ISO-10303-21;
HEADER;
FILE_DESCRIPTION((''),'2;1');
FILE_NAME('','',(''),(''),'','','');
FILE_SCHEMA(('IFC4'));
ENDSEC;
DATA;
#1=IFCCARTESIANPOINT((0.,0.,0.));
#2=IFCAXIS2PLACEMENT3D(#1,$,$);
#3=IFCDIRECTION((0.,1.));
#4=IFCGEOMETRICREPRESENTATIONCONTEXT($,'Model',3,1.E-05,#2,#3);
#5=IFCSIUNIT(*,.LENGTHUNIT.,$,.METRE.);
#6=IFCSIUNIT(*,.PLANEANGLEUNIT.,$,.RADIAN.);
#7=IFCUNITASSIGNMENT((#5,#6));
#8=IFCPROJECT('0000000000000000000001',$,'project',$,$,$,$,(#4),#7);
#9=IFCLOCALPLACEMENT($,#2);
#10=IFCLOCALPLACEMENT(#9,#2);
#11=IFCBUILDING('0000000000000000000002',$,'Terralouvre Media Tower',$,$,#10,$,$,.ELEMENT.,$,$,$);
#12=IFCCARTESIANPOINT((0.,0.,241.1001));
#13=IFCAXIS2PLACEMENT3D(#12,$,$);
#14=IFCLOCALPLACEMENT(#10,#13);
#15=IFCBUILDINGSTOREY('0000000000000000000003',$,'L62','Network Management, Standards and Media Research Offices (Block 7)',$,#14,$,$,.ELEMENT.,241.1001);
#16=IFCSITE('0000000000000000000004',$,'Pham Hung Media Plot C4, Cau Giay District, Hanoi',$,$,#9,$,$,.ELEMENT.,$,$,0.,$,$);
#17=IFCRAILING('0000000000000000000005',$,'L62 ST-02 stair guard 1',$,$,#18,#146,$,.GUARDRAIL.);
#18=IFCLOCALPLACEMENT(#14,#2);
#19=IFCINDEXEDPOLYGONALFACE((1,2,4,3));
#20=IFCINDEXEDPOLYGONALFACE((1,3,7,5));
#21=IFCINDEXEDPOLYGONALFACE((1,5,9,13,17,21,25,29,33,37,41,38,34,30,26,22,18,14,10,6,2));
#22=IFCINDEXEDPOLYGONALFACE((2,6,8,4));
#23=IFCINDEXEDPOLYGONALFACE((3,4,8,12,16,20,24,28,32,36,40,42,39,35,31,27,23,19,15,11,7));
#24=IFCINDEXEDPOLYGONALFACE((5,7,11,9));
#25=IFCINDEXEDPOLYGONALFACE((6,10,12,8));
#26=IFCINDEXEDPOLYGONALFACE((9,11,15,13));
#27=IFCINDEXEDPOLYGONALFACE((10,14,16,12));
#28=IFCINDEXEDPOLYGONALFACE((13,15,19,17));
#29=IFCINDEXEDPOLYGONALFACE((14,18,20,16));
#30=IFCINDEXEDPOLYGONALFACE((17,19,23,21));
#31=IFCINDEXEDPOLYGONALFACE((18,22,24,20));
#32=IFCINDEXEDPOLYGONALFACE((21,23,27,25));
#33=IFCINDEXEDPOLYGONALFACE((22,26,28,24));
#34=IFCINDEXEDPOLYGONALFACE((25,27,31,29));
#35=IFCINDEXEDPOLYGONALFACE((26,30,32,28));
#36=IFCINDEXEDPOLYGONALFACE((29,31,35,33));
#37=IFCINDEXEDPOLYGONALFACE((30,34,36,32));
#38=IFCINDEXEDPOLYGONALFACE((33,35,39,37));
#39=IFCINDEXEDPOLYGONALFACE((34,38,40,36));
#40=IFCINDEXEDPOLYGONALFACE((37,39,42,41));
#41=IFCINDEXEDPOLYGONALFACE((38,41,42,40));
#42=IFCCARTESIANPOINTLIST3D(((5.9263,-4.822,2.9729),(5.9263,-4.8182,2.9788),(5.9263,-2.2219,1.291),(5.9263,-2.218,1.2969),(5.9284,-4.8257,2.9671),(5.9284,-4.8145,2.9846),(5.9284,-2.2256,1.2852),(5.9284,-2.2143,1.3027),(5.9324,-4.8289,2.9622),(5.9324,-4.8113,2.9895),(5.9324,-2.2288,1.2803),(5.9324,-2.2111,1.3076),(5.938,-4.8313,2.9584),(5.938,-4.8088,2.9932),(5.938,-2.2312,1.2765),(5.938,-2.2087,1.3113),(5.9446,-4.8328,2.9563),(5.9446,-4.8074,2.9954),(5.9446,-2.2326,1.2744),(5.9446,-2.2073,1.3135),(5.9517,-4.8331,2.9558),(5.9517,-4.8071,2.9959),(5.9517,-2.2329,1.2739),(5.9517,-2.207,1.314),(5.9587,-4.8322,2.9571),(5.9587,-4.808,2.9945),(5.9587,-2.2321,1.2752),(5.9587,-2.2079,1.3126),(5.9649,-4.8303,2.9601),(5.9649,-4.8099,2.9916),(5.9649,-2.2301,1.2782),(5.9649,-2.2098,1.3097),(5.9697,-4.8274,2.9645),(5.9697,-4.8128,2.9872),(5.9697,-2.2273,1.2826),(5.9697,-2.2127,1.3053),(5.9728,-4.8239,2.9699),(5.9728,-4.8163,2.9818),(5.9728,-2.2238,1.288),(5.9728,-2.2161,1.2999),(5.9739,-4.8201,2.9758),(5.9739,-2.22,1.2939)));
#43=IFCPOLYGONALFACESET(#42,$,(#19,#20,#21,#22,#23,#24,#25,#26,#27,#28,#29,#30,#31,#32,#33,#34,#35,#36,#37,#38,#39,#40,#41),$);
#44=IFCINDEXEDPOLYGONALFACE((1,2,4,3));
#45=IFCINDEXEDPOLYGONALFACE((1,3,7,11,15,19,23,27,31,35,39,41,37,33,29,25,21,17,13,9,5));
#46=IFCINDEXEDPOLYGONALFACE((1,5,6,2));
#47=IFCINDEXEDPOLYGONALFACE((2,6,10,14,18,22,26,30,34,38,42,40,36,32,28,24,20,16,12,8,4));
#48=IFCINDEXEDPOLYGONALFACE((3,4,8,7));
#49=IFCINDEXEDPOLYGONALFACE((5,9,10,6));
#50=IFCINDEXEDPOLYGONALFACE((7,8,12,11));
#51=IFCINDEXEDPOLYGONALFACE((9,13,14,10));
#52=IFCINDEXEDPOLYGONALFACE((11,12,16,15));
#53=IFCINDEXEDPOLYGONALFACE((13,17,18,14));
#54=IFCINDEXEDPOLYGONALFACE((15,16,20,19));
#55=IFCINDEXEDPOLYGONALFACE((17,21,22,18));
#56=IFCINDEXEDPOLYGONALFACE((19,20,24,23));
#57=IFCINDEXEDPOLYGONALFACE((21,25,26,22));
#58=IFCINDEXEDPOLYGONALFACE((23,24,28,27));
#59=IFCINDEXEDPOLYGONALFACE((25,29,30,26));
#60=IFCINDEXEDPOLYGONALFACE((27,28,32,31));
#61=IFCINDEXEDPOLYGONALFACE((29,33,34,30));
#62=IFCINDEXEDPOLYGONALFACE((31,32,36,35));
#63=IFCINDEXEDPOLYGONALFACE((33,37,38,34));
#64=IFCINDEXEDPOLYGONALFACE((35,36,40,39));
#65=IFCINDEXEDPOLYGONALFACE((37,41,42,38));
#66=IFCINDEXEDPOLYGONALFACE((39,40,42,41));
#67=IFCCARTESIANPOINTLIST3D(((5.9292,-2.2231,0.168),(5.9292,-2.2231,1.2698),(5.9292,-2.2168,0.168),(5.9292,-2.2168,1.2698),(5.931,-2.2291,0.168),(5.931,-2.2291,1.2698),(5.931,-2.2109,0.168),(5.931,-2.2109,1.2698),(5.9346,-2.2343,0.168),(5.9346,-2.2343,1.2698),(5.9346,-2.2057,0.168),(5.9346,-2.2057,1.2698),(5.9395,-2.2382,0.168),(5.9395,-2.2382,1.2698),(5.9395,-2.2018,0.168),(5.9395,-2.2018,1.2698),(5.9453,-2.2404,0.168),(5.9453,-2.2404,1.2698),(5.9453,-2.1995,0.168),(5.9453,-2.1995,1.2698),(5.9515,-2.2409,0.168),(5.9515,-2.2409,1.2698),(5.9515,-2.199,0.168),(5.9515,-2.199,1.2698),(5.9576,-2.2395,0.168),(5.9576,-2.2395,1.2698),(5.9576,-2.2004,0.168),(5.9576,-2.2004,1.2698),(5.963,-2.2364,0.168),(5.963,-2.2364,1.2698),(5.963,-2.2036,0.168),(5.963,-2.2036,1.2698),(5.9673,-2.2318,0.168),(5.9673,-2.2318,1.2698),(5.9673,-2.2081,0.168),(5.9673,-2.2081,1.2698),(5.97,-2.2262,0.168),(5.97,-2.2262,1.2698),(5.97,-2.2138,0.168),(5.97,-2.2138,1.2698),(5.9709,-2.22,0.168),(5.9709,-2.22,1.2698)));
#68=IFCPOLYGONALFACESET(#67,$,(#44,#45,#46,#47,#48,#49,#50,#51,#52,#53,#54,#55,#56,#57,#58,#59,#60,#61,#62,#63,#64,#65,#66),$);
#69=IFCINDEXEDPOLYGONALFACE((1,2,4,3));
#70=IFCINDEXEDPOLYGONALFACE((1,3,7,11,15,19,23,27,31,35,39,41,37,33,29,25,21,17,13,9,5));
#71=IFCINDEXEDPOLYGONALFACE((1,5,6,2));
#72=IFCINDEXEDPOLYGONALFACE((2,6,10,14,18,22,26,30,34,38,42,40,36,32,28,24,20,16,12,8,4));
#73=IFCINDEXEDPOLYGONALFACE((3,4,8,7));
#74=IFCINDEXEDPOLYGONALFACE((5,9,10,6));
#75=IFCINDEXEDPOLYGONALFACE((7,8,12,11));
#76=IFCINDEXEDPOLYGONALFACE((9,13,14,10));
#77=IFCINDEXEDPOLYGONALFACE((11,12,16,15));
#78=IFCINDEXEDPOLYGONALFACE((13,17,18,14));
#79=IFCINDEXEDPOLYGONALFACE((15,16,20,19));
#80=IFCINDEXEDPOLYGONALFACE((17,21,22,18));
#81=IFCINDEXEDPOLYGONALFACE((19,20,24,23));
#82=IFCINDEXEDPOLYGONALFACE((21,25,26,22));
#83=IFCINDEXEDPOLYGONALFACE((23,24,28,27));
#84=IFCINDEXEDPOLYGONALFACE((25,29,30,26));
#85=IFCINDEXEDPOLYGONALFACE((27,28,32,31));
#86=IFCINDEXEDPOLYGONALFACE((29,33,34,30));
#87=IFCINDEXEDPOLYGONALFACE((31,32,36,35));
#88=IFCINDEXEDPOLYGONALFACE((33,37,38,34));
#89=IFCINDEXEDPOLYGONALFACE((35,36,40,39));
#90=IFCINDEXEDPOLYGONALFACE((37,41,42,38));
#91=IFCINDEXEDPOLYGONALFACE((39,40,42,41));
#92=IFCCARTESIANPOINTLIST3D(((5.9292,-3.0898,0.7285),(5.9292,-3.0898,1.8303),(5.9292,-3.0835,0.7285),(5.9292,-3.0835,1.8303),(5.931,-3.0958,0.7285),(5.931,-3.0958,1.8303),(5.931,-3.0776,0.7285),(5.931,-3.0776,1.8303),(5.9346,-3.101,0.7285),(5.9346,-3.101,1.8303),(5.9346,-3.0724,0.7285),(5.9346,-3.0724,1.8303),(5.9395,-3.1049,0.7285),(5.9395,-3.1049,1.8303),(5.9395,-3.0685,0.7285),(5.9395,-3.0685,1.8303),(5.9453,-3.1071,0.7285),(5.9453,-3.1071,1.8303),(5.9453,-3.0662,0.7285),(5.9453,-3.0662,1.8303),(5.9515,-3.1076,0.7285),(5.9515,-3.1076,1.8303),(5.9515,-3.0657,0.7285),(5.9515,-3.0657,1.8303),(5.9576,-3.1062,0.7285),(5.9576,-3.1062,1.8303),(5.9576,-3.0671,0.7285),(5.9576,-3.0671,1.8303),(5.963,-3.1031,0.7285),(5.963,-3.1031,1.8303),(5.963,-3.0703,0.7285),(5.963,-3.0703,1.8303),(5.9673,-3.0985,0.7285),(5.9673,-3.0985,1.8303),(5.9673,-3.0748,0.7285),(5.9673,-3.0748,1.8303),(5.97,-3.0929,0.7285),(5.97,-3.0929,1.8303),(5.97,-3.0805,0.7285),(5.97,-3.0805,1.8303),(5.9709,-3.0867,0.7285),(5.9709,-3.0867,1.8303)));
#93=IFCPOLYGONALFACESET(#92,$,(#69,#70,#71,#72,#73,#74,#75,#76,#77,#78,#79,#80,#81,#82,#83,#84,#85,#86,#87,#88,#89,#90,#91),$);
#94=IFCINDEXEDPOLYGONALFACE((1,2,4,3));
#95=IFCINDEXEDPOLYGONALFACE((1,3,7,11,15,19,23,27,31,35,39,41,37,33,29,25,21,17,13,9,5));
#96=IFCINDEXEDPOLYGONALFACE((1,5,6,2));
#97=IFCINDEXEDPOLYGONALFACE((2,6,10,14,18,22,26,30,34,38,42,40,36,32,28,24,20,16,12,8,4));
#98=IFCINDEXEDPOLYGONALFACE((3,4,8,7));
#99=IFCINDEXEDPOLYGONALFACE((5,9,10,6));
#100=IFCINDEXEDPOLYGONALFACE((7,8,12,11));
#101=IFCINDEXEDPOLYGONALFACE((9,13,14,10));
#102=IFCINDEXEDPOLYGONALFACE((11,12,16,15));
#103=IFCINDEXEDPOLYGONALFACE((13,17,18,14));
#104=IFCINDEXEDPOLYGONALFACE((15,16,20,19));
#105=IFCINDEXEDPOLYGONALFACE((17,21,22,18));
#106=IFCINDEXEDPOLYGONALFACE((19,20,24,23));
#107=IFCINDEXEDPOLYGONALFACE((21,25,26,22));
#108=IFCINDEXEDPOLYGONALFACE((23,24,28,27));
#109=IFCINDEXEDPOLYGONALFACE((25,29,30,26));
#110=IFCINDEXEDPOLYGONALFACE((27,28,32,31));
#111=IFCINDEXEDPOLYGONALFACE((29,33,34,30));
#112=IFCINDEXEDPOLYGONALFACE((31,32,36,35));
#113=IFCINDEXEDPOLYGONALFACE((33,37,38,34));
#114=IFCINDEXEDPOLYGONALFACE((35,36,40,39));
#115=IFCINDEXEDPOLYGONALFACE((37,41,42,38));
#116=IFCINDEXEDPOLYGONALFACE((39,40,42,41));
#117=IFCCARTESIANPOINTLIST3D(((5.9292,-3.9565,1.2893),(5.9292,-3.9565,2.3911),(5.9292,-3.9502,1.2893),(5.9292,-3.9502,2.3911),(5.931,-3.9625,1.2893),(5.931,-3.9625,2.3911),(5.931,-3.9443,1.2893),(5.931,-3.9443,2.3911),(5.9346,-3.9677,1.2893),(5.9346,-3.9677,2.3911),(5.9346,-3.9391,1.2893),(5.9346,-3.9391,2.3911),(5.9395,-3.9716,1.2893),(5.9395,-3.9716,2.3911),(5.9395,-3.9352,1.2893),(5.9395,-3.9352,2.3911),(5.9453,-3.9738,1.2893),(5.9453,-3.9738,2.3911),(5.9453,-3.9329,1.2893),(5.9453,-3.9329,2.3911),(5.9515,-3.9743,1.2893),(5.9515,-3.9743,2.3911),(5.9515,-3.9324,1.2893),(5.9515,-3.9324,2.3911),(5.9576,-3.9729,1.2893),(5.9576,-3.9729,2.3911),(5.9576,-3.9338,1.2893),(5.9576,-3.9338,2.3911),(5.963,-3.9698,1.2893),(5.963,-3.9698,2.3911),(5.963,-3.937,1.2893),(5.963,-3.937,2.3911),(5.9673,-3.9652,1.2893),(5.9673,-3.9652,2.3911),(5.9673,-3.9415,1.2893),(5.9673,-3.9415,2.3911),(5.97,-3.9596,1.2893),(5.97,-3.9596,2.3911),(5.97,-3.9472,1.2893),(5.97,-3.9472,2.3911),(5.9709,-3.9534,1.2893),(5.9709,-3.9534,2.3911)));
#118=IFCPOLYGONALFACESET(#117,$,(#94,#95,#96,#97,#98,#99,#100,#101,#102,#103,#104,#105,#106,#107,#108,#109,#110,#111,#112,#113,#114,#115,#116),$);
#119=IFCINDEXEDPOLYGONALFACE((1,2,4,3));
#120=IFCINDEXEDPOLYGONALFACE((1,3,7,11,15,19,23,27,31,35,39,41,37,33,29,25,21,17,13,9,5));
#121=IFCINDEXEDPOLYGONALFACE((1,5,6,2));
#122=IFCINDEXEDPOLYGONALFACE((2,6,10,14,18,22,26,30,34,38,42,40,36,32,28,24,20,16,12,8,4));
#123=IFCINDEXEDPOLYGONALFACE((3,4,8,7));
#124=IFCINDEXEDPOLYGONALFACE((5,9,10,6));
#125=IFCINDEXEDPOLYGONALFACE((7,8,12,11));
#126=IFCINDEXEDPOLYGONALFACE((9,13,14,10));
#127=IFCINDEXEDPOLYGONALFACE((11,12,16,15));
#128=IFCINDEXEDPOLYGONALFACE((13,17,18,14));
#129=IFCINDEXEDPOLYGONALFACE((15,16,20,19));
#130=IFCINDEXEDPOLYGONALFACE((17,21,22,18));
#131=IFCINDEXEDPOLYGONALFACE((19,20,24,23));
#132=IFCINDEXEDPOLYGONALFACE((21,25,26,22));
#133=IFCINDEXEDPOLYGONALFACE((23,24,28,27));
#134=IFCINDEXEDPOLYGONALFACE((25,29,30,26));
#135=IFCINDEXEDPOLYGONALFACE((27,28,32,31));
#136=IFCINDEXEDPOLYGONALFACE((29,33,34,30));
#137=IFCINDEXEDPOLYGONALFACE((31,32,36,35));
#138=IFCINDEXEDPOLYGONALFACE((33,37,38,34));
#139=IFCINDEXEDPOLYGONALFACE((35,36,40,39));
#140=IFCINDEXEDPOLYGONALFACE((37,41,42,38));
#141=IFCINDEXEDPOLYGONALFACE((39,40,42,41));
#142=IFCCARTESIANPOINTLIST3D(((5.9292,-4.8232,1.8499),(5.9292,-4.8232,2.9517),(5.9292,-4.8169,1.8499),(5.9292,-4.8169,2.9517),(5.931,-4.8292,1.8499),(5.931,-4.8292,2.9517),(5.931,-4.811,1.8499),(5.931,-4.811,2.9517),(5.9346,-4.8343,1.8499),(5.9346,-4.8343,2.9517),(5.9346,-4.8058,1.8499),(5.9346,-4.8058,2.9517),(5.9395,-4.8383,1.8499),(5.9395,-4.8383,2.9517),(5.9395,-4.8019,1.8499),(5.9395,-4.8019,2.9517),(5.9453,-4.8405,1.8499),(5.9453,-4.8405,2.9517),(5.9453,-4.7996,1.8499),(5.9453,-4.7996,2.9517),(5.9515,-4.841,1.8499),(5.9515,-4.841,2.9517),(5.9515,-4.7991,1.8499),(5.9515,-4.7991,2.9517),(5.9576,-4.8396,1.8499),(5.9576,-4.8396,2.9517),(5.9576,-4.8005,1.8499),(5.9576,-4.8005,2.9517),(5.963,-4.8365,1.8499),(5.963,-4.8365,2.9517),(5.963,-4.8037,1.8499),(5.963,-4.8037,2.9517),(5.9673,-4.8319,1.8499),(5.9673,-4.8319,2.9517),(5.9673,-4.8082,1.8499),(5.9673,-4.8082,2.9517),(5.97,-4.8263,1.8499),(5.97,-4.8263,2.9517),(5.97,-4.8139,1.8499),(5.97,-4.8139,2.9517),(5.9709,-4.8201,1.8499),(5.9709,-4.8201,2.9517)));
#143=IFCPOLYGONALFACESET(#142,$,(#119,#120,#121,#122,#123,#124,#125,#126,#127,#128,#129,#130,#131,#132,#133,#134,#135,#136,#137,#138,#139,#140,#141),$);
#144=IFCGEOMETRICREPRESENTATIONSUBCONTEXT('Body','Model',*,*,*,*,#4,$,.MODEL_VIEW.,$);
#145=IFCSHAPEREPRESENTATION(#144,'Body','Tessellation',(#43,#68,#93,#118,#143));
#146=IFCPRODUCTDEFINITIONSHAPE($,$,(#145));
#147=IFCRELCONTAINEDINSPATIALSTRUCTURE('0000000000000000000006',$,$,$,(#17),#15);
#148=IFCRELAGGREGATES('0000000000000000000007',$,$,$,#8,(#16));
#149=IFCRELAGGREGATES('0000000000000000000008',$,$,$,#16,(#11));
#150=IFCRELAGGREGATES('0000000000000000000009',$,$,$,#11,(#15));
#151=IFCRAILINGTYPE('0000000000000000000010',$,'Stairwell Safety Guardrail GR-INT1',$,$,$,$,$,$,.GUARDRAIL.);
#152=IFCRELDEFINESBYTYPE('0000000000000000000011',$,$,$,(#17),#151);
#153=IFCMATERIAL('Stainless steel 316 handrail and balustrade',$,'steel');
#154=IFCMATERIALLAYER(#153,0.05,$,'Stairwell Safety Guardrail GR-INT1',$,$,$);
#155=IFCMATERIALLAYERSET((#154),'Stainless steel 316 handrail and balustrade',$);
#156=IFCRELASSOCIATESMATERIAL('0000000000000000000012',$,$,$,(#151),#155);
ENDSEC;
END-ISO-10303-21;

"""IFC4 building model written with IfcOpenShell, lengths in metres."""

from ifc_helpers import new_model, si_unit, direction, frame, origin, origin_2d, place, context, subcontext, project, spatial, circle, extrude, material, layer, layer_set, type_object, element, save


model = new_model("IFC4")

# Units and contexts
model_context = context("Model", 3, precision=1e-05, world=origin(), true_north=direction((0.0, 1.0)))
body_context = subcontext(model_context, "Body", "Model", "MODEL_VIEW")
ifc_project = project(units=[si_unit("LENGTHUNIT", "METRE"), si_unit("PLANEANGLEUNIT", "RADIAN")], contexts=[model_context])

# Site, building, storey
site_placement = place(None, origin())
site = spatial("IfcSite", under=ifc_project, at=site_placement, Name="Pham Hung Media Plot C4, Cau Giay District, Hanoi", CompositionType="ELEMENT", RefElevation=0.0)
building_placement = place(site_placement, origin())
building = spatial("IfcBuilding", under=site, at=building_placement, Name="Terralouvre Media Tower", CompositionType="ELEMENT")
storey_placement = place(building_placement, frame((0.0, 0.0, 241.1001)))
storey = spatial("IfcBuildingStorey", under=building, at=storey_placement, Name="L62", Description="Network Management, Standards and Media Research Offices (Block 7)", CompositionType="ELEMENT", Elevation=241.1001)

# Railing
ifc_material_1 = material(Name="Stainless steel 316 handrail and balustrade", Category="steel")
ifc_layer_1 = layer(ifc_material_1, 0.05, Name="Stairwell Safety Guardrail GR-INT1")
ifc_layer_set_1 = layer_set([ifc_layer_1], Name="Stainless steel 316 handrail and balustrade")
railing_type_1 = type_object("IfcRailingType", Name="Stairwell Safety Guardrail GR-INT1", PredefinedType="GUARDRAIL", material=ifc_layer_set_1)
railing_1_placement = place(storey_placement, frame((5.95, -2.22, 0.168)))
element("IfcRailing", 1, at=railing_1_placement, inside=storey, type_object=railing_type_1, Name="L62 ST-02 stair guard 1", PredefinedType="GUARDRAIL", context=body_context, shape_type="SweptSolid", body=[
    extrude(circle(Radius=0.0239, at=origin_2d()), frame((0.0, 0.0, 1.126), z_axis=(0.0, -0.839648, 0.54313), x_axis=(1.0, 0.0, 0.0)), (0.0, 0.0, 1.0), 3.0967),
    extrude(circle(Radius=0.021, at=origin_2d()), origin(), (0.0, 0.0, 1.0), 1.1018),
    extrude(circle(Radius=0.021, at=origin_2d()), frame((0.0, -0.8667, 0.5605)), (0.0, 0.0, 1.0), 1.1018),
    extrude(circle(Radius=0.021, at=origin_2d()), frame((0.0, -1.7334, 1.1213)), (0.0, 0.0, 1.0), 1.1018),
    extrude(circle(Radius=0.021, at=origin_2d()), frame((0.0, -2.6001, 1.6819)), (0.0, 0.0, 1.0), 1.1018),
])

save(model, "model.ifc")
